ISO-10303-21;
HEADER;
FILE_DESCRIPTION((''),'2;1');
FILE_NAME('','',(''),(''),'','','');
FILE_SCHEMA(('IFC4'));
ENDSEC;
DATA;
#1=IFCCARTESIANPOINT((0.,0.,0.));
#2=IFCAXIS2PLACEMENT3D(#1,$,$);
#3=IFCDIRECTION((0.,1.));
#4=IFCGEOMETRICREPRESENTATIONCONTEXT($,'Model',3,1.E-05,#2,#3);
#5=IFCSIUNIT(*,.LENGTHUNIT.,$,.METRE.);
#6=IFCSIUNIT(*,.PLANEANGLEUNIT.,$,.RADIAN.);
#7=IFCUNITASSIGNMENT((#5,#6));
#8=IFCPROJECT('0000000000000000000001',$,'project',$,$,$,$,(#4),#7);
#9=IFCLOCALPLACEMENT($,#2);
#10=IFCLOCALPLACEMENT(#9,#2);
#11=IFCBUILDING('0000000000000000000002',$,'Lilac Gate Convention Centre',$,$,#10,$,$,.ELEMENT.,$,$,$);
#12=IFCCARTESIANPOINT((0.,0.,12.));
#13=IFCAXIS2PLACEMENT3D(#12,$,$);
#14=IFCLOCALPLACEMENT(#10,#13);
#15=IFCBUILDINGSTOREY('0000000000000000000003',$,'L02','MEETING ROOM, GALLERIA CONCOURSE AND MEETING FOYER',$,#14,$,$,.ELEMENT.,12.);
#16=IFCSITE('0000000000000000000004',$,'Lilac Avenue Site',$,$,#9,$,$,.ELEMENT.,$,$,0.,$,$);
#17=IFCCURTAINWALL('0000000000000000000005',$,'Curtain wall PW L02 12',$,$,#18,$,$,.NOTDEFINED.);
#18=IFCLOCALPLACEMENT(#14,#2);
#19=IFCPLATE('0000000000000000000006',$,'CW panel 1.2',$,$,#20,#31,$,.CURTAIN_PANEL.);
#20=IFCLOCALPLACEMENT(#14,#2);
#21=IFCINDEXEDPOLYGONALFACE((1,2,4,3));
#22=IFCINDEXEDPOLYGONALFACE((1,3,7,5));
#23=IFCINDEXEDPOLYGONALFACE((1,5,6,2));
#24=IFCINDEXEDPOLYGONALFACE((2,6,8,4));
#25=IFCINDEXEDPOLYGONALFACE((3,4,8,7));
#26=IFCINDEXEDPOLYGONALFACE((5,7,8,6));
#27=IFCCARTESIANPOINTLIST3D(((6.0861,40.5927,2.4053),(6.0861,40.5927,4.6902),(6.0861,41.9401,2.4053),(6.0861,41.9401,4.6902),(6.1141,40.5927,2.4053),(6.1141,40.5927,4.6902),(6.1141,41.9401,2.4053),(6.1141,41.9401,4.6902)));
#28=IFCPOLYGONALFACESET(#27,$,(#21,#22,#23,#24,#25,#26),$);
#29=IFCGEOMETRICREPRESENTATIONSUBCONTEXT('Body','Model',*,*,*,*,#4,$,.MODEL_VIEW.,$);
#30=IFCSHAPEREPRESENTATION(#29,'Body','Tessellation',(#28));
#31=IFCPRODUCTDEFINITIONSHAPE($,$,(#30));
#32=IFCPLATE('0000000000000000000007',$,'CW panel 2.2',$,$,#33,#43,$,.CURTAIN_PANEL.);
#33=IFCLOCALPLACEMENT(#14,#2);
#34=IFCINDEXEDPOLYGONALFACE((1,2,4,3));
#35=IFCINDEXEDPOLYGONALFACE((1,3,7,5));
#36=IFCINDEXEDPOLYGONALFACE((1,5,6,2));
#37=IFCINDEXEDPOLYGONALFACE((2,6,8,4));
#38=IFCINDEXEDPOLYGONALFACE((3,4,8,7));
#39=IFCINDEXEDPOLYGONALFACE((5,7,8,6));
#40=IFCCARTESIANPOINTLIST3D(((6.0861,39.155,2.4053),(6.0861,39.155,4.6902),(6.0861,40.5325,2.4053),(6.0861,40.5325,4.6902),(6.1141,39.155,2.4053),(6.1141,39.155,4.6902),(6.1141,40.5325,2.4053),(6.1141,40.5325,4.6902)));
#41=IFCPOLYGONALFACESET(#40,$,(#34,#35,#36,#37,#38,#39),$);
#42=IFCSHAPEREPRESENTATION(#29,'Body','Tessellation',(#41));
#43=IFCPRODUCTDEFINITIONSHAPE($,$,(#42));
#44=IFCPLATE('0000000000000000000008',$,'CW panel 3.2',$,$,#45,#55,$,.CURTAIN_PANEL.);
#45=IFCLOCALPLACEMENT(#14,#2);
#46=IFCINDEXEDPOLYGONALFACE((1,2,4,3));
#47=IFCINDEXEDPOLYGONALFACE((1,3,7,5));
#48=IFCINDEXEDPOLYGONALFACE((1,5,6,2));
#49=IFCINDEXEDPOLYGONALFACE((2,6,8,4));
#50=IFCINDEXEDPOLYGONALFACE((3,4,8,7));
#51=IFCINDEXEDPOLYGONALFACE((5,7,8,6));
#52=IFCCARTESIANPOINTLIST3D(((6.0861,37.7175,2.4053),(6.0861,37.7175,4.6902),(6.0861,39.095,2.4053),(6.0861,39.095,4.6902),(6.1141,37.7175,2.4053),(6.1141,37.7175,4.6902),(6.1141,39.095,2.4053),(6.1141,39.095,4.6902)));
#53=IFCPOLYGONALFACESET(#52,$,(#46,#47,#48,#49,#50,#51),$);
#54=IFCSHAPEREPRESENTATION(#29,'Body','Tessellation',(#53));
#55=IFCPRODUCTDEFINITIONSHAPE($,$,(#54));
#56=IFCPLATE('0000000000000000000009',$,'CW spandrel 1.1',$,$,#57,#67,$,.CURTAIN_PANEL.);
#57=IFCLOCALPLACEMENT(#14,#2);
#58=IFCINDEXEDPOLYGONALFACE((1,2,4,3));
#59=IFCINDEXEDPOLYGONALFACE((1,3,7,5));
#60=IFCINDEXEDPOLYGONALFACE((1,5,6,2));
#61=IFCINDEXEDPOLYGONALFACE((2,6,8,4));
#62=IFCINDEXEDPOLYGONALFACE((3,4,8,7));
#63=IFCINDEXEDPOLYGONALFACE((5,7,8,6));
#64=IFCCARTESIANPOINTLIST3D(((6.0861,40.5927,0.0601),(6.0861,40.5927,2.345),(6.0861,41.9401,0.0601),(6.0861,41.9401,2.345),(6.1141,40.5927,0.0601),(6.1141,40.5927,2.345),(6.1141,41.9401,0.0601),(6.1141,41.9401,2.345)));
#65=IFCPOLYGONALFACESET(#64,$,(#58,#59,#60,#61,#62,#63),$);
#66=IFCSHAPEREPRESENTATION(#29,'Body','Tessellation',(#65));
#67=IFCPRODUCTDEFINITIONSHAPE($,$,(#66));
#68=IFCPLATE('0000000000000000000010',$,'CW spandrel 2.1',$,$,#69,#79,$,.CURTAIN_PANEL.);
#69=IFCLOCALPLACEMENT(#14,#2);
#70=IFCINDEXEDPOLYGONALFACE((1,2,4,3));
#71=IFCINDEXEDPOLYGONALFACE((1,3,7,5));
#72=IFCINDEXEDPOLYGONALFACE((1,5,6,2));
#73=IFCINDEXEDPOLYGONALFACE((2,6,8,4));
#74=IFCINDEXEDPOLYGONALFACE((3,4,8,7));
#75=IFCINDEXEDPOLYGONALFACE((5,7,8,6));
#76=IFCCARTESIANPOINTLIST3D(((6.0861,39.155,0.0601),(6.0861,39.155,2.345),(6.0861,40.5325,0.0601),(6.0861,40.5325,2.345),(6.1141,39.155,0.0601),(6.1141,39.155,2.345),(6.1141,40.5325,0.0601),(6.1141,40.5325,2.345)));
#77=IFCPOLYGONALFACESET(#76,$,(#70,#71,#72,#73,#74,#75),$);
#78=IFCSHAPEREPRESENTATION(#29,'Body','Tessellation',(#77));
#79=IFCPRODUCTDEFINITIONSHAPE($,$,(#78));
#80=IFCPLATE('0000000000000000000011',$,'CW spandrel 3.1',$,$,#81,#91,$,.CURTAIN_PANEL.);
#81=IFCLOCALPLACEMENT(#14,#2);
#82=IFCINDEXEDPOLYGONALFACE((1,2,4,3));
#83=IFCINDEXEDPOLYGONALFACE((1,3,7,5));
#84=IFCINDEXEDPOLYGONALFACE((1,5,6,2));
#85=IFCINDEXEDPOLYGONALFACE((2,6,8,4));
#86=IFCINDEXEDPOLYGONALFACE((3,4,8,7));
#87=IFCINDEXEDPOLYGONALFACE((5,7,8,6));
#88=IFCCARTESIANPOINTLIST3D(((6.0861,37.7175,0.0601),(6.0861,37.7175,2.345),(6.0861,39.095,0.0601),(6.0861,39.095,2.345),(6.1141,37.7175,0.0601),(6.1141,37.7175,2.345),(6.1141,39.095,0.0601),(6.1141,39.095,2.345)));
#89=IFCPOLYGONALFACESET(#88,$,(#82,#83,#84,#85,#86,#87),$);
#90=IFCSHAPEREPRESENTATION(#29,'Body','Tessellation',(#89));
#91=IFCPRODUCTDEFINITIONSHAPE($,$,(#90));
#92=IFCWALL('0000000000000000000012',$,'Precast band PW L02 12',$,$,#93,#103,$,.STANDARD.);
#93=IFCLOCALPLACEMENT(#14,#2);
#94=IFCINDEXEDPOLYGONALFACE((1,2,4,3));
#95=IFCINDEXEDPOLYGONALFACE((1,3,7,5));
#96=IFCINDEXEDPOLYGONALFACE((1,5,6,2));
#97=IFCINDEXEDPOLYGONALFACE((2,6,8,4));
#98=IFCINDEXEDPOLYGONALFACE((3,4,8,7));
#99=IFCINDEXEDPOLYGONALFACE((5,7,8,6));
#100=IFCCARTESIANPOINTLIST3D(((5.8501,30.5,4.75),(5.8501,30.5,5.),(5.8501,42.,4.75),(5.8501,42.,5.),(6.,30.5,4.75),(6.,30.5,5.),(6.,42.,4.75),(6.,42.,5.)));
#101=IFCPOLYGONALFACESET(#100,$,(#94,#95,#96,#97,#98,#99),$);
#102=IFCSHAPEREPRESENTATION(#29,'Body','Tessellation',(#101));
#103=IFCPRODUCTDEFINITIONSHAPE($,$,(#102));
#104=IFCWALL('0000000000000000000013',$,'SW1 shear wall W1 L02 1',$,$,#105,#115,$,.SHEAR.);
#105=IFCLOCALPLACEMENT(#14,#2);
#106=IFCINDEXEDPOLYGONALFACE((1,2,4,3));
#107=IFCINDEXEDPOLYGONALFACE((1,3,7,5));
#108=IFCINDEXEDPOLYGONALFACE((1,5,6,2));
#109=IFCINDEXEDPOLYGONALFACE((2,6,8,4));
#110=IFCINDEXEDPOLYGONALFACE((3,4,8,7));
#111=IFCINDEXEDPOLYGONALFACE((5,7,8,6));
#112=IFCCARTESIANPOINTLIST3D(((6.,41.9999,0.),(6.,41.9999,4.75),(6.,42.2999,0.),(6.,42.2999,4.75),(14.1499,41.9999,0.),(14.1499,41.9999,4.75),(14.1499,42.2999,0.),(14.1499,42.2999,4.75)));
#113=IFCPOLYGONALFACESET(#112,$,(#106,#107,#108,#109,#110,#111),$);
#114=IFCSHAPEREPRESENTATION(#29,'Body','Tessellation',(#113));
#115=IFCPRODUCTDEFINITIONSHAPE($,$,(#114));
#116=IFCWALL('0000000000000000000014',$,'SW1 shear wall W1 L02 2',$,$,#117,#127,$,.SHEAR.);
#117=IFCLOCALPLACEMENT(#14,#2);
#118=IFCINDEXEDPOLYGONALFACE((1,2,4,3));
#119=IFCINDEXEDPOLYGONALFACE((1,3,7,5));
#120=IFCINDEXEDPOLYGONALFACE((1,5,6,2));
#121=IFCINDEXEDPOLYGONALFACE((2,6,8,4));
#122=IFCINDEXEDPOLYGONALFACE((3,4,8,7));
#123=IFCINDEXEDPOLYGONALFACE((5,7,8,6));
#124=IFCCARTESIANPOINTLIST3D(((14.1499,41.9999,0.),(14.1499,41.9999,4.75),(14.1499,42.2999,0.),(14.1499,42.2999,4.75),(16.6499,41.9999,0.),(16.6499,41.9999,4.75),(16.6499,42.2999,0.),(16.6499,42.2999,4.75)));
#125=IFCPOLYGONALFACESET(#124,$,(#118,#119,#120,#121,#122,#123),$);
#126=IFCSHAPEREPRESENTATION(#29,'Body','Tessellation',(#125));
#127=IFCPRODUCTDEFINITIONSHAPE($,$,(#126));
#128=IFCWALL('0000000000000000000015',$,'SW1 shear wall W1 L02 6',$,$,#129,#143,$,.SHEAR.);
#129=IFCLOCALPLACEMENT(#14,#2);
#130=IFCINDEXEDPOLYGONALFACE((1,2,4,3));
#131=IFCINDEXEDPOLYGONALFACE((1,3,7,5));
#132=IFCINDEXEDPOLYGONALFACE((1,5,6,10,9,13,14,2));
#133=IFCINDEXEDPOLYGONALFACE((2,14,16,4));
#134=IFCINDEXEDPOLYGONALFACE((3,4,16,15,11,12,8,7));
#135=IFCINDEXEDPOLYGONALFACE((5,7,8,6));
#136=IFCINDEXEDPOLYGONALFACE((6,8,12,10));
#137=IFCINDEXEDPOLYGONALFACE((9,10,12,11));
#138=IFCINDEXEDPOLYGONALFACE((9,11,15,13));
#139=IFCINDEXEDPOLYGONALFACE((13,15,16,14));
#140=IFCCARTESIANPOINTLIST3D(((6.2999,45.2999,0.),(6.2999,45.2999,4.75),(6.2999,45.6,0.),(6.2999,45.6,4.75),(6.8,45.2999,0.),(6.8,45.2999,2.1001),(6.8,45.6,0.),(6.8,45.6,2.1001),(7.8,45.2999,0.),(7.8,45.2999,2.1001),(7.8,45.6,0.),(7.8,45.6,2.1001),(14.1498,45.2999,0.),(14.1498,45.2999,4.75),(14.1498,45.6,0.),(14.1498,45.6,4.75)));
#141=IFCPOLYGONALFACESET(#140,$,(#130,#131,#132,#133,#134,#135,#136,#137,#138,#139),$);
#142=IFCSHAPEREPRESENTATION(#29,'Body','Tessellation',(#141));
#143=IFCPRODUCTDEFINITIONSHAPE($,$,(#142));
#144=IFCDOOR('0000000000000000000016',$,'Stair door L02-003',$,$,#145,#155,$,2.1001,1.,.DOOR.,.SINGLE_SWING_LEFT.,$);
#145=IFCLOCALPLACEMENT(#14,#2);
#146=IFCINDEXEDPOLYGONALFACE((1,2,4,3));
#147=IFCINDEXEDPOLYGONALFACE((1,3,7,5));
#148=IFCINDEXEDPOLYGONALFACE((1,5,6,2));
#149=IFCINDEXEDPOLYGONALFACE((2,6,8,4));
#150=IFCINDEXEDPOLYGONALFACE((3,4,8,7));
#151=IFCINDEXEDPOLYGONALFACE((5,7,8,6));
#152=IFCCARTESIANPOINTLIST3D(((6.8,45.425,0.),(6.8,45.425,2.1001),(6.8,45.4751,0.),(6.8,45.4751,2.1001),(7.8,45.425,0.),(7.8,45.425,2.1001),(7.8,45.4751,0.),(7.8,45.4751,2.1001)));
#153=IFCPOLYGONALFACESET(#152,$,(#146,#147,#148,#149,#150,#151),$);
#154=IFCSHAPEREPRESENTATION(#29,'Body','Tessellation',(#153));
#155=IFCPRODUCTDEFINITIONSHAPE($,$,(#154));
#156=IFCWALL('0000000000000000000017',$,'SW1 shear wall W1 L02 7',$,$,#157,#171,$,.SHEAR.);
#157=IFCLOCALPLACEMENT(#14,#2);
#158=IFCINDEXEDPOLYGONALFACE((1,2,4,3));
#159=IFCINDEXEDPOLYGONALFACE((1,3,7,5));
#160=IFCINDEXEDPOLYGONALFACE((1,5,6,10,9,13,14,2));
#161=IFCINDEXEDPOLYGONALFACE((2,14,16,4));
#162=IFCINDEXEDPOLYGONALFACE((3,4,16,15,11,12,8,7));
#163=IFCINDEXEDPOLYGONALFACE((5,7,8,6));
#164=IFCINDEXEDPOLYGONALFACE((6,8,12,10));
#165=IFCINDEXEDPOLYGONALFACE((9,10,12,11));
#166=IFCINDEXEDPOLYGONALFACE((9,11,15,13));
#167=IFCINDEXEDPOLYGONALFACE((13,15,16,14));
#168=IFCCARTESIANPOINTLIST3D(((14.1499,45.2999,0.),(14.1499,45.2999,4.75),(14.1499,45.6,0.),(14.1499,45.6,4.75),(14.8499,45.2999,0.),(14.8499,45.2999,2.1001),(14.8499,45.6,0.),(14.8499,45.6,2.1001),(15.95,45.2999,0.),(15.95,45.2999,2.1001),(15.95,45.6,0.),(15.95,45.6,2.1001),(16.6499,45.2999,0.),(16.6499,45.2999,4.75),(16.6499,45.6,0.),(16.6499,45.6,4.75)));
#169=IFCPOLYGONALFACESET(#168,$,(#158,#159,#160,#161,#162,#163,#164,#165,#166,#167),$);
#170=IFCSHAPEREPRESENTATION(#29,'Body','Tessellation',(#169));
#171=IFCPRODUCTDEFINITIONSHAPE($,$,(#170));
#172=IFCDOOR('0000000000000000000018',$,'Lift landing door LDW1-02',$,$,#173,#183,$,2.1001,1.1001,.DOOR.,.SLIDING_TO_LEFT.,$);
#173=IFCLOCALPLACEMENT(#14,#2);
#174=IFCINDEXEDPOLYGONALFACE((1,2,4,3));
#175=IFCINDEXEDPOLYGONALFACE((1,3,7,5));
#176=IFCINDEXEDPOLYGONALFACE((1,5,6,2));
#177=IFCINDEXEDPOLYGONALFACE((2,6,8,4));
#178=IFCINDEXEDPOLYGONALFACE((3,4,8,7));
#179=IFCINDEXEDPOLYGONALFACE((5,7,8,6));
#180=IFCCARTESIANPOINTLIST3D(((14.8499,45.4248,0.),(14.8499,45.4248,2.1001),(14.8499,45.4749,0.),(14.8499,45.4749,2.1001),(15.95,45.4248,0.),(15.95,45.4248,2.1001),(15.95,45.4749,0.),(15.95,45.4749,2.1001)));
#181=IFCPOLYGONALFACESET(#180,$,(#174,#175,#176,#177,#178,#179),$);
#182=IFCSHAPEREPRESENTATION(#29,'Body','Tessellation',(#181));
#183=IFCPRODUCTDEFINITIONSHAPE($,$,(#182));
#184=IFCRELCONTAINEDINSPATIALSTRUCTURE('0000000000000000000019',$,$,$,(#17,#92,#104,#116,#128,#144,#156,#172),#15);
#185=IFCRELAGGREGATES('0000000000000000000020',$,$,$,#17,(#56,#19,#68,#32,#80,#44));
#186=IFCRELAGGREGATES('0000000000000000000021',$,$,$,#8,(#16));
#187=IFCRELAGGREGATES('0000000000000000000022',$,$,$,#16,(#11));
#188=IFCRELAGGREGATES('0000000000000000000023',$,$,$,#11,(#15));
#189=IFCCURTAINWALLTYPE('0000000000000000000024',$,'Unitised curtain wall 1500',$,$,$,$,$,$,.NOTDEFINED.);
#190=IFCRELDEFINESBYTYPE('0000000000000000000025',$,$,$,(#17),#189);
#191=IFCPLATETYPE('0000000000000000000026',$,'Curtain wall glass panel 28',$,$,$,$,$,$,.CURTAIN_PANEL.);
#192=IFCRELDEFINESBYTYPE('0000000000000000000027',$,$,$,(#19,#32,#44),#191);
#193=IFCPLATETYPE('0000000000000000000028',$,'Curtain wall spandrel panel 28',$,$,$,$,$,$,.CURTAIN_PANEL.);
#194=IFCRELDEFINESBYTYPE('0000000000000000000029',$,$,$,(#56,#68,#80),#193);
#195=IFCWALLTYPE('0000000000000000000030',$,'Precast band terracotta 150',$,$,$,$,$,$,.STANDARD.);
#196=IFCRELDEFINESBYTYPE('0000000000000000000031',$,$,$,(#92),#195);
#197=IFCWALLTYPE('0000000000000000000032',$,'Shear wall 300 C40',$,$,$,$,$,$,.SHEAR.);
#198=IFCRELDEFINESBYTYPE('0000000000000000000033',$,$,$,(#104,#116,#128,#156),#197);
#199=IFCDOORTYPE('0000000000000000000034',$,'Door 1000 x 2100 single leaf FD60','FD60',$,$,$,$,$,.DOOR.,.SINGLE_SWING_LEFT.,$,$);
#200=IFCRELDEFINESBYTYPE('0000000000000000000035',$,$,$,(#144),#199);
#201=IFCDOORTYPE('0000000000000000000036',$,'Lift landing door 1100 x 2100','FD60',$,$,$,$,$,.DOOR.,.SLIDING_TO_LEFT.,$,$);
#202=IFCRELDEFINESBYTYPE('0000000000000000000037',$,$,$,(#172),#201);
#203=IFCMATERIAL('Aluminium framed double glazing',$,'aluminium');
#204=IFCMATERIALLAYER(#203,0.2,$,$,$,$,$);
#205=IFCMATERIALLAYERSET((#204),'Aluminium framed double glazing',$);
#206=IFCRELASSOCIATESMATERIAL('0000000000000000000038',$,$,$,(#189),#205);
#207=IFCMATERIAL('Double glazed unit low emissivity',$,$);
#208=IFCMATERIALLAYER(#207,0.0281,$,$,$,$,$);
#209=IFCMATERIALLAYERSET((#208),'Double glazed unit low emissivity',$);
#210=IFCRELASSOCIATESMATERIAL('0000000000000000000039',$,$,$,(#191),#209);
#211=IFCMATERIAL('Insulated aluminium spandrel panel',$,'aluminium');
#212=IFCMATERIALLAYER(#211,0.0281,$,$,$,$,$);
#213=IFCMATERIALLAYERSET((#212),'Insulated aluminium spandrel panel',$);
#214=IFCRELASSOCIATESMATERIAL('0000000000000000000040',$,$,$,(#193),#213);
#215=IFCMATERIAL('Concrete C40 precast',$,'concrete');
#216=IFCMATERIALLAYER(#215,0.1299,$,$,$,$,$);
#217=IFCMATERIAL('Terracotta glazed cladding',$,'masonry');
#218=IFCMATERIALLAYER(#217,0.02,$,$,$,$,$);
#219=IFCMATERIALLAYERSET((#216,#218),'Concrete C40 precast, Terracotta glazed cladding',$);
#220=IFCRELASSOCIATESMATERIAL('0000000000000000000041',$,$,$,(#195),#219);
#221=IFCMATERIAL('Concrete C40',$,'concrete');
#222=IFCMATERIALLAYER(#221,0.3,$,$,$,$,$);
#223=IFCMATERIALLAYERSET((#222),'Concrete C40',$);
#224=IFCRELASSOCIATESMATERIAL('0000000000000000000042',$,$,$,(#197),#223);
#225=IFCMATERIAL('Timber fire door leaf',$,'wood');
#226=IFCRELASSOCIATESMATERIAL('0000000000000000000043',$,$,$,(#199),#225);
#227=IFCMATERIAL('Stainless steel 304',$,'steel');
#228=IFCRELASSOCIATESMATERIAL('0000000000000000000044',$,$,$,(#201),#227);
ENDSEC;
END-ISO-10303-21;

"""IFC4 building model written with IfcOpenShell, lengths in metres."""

from ifc_helpers import new_model, si_unit, direction, frame, frame_2d, origin, origin_2d, place, context, subcontext, project, spatial, rectangle, extrude, material, layer, layer_set, type_object, element, fill, aggregate, save


model = new_model("IFC4")

# Units and contexts
model_context = context("Model", 3, precision=1e-05, world=origin(), true_north=direction((0.0, 1.0)))
body_context = subcontext(model_context, "Body", "Model", "MODEL_VIEW")
ifc_project = project(units=[si_unit("LENGTHUNIT", "METRE"), si_unit("PLANEANGLEUNIT", "RADIAN")], contexts=[model_context])

# Site, building, storey
site_placement = place(None, origin())
site = spatial("IfcSite", under=ifc_project, at=site_placement, Name="Lilac Avenue Site", CompositionType="ELEMENT", RefElevation=0.0)
building_placement = place(site_placement, origin())
building = spatial("IfcBuilding", under=site, at=building_placement, Name="Lilac Gate Convention Centre", CompositionType="ELEMENT")
storey_placement = place(building_placement, frame((0.0, 0.0, 12.0)))
storey = spatial("IfcBuildingStorey", under=building, at=storey_placement, Name="L02", Description="MEETING ROOM, GALLERIA CONCOURSE AND MEETING FOYER", CompositionType="ELEMENT", Elevation=12.0)

# Curtain wall
ifc_material_1 = material(Name="Aluminium framed double glazing", Category="aluminium")
ifc_layer_1 = layer(ifc_material_1, 0.2)
ifc_layer_set_1 = layer_set([ifc_layer_1], Name="Aluminium framed double glazing")
curtain_wall_type = type_object("IfcCurtainWallType", Name="Unitised curtain wall 1500", PredefinedType="NOTDEFINED", material=ifc_layer_set_1)
curtain_wall_placement = place(storey_placement, origin())
curtain_wall = element("IfcCurtainWall", 1, at=curtain_wall_placement, inside=storey, type_object=curtain_wall_type, Name="Curtain wall PW L02 12", PredefinedType="NOTDEFINED")

# Shared definitions
ifc_material_2 = material(Name="Concrete C40", Category="concrete")

# Plates
ifc_material_3 = material(Name="Double glazed unit low emissivity")
ifc_layer_2 = layer(ifc_material_3, 0.0281)
ifc_layer_set_2 = layer_set([ifc_layer_2], Name="Double glazed unit low emissivity")
plate_type_1 = type_object("IfcPlateType", Name="Curtain wall glass panel 28", PredefinedType="CURTAIN_PANEL", material=ifc_layer_set_2)
plate_1_placement = place(storey_placement, frame((6.1001, 41.2664, 2.4053), z_axis=(0.0, 0.0, 1.0), x_axis=(0.0, -1.0, 0.0)))
plate_1 = element("IfcPlate", 2, at=plate_1_placement, type_object=plate_type_1, Name="CW panel 1.2", PredefinedType="CURTAIN_PANEL", context=body_context, shape_type="SweptSolid", body=[
    extrude(rectangle(XDim=1.3474, YDim=0.0281, at=origin_2d()), origin(), (0.0, 0.0, 1.0), 2.2849),
])
plate_2_placement = place(storey_placement, frame((6.1001, 39.8438, 2.4053), z_axis=(0.0, 0.0, 1.0), x_axis=(0.0, -1.0, 0.0)))
plate_2 = element("IfcPlate", 3, at=plate_2_placement, type_object=plate_type_1, Name="CW panel 2.2", PredefinedType="CURTAIN_PANEL", context=body_context, shape_type="SweptSolid", body=[
    extrude(rectangle(XDim=1.3774, YDim=0.0281, at=origin_2d()), origin(), (0.0, 0.0, 1.0), 2.2849),
])
plate_3_placement = place(storey_placement, frame((6.1001, 38.4062, 2.4053), z_axis=(0.0, 0.0, 1.0), x_axis=(0.0, -1.0, 0.0)))
plate_3 = element("IfcPlate", 4, at=plate_3_placement, type_object=plate_type_1, Name="CW panel 3.2", PredefinedType="CURTAIN_PANEL", context=body_context, shape_type="SweptSolid", body=[
    extrude(rectangle(XDim=1.3774, YDim=0.0281, at=origin_2d()), origin(), (0.0, 0.0, 1.0), 2.2849),
])
ifc_material_4 = material(Name="Insulated aluminium spandrel panel", Category="aluminium")
ifc_layer_3 = layer(ifc_material_4, 0.0281)
ifc_layer_set_3 = layer_set([ifc_layer_3], Name="Insulated aluminium spandrel panel")
plate_type_2 = type_object("IfcPlateType", Name="Curtain wall spandrel panel 28", PredefinedType="CURTAIN_PANEL", material=ifc_layer_set_3)
plate_4_placement = place(storey_placement, frame((6.1001, 41.2664, 0.0601), z_axis=(0.0, 0.0, 1.0), x_axis=(0.0, -1.0, 0.0)))
plate_4 = element("IfcPlate", 5, at=plate_4_placement, type_object=plate_type_2, Name="CW spandrel 1.1", PredefinedType="CURTAIN_PANEL", context=body_context, shape_type="SweptSolid", body=[
    extrude(rectangle(XDim=1.3474, YDim=0.0281, at=origin_2d()), origin(), (0.0, 0.0, 1.0), 2.2849),
])
plate_5_placement = place(storey_placement, frame((6.1001, 39.8438, 0.0601), z_axis=(0.0, 0.0, 1.0), x_axis=(0.0, -1.0, 0.0)))
plate_5 = element("IfcPlate", 6, at=plate_5_placement, type_object=plate_type_2, Name="CW spandrel 2.1", PredefinedType="CURTAIN_PANEL", context=body_context, shape_type="SweptSolid", body=[
    extrude(rectangle(XDim=1.3774, YDim=0.0281, at=origin_2d()), origin(), (0.0, 0.0, 1.0), 2.2849),
])
plate_6_placement = place(storey_placement, frame((6.1001, 38.4062, 0.0601), z_axis=(0.0, 0.0, 1.0), x_axis=(0.0, -1.0, 0.0)))
plate_6 = element("IfcPlate", 7, at=plate_6_placement, type_object=plate_type_2, Name="CW spandrel 3.1", PredefinedType="CURTAIN_PANEL", context=body_context, shape_type="SweptSolid", body=[
    extrude(rectangle(XDim=1.3774, YDim=0.0281, at=origin_2d()), origin(), (0.0, 0.0, 1.0), 2.2849),
])
aggregate(curtain_wall, [plate_4, plate_1, plate_5, plate_2, plate_6, plate_3])

# Walls
ifc_material_5 = material(Name="Concrete C40 precast", Category="concrete")
ifc_layer_4 = layer(ifc_material_5, 0.1299)
ifc_material_6 = material(Name="Terracotta glazed cladding", Category="masonry")
ifc_layer_5 = layer(ifc_material_6, 0.02)
ifc_layer_set_4 = layer_set([ifc_layer_4, ifc_layer_5], Name="Concrete C40 precast, Terracotta glazed cladding")
wall_type_1 = type_object("IfcWallType", Name="Precast band terracotta 150", PredefinedType="STANDARD", material=ifc_layer_set_4)
wall_1_placement = place(storey_placement, frame((5.925, 42.0, 4.75), z_axis=(0.0, 0.0, 1.0), x_axis=(0.0, -1.0, 0.0)))
element("IfcWall", 8, at=wall_1_placement, inside=storey, type_object=wall_type_1, Name="Precast band PW L02 12", PredefinedType="STANDARD", context=body_context, shape_type="SweptSolid", body=[
    extrude(rectangle(XDim=11.5, YDim=0.1499, at=frame_2d((5.75, 0.0))), origin(), (0.0, 0.0, 1.0), 0.25),
])
ifc_layer_6 = layer(ifc_material_2, 0.3)
ifc_layer_set_5 = layer_set([ifc_layer_6], Name="Concrete C40")
wall_type_2 = type_object("IfcWallType", Name="Shear wall 300 C40", PredefinedType="SHEAR", material=ifc_layer_set_5)
wall_2_placement = place(storey_placement, frame((6.0, 42.1499, 0.0), z_axis=(0.0, 0.0, 1.0), x_axis=(1.0, 0.0, 0.0)))
element("IfcWall", 9, at=wall_2_placement, inside=storey, type_object=wall_type_2, Name="SW1 shear wall W1 L02 1", PredefinedType="SHEAR", context=body_context, shape_type="SweptSolid", body=[
    extrude(rectangle(XDim=8.1499, YDim=0.3, at=frame_2d((4.075, 0.0))), origin(), (0.0, 0.0, 1.0), 4.75),
])
wall_3_placement = place(storey_placement, frame((14.1499, 42.1499, 0.0), z_axis=(0.0, 0.0, 1.0), x_axis=(1.0, 0.0, 0.0)))
element("IfcWall", 10, at=wall_3_placement, inside=storey, type_object=wall_type_2, Name="SW1 shear wall W1 L02 2", PredefinedType="SHEAR", context=body_context, shape_type="SweptSolid", body=[
    extrude(rectangle(XDim=2.5, YDim=0.3, at=frame_2d((1.25, 0.0))), origin(), (0.0, 0.0, 1.0), 4.75),
])

# Walls, openings, doors
wall_4_placement = place(storey_placement, frame((6.3, 45.45, 0.0), z_axis=(0.0, 0.0, 1.0), x_axis=(1.0, 0.0, 0.0)))
wall_4 = element("IfcWall", 11, at=wall_4_placement, inside=storey, type_object=wall_type_2, Name="SW1 shear wall W1 L02 6", PredefinedType="SHEAR", context=body_context, shape_type="SweptSolid", body=[
    extrude(rectangle(XDim=7.8499, YDim=0.3, at=frame_2d((3.9248, 0.0))), origin(), (0.0, 0.0, 1.0), 4.75),
])
opening_1_placement = place(wall_4_placement, frame((0.5, 0.0, 0.0)))
opening_1 = element("IfcOpeningElement", 12, at=opening_1_placement, cuts=wall_4, PredefinedType="OPENING", context=body_context, shape_type="SweptSolid", body=[
    extrude(rectangle(XDim=1.0, YDim=2.1001, at=frame_2d((0.5, 1.05))), frame((0.0, 0.1599, 0.0), z_axis=(0.0, -1.0, 0.0), x_axis=(1.0, 0.0, 0.0)), (0.0, 0.0, 1.0), 0.3201),
])
ifc_material_7 = material(Name="Timber fire door leaf", Category="wood")
door_type_1 = type_object("IfcDoorType", Name="Door 1000 x 2100 single leaf FD60", Description="FD60", OperationType="SINGLE_SWING_LEFT", PredefinedType="DOOR", material=ifc_material_7)
door_1_placement = place(opening_1_placement, frame((1.0, 0.0, 0.0), z_axis=(0.0, 0.0, 1.0), x_axis=(-1.0, 0.0, 0.0)))
door_1 = element("IfcDoor", 13, at=door_1_placement, inside=storey, type_object=door_type_1, Name="Stair door L02-003", OperationType="SINGLE_SWING_LEFT", OverallHeight=2.1001, OverallWidth=1.0, PredefinedType="DOOR", context=body_context, shape_type="SweptSolid", body=[
    extrude(rectangle(XDim=1.0, YDim=2.1001, at=frame_2d((0.5, 1.05))), frame((0.0, 0.0249, 0.0), z_axis=(0.0, -1.0, 0.0), x_axis=(1.0, 0.0, 0.0)), (0.0, 0.0, 1.0), 0.05),
])
fill(opening_1, door_1)
wall_5_placement = place(storey_placement, frame((14.1499, 45.45, 0.0), z_axis=(0.0, 0.0, 1.0), x_axis=(1.0, 0.0, 0.0)))
wall_5 = element("IfcWall", 14, at=wall_5_placement, inside=storey, type_object=wall_type_2, Name="SW1 shear wall W1 L02 7", PredefinedType="SHEAR", context=body_context, shape_type="SweptSolid", body=[
    extrude(rectangle(XDim=2.5, YDim=0.3, at=frame_2d((1.25, 0.0))), origin(), (0.0, 0.0, 1.0), 4.75),
])
opening_2_placement = place(wall_5_placement, frame((0.7, 0.0, 0.0)))
opening_2 = element("IfcOpeningElement", 15, at=opening_2_placement, cuts=wall_5, PredefinedType="OPENING", context=body_context, shape_type="SweptSolid", body=[
    extrude(rectangle(XDim=1.1001, YDim=2.1001, at=frame_2d((0.55, 1.05))), frame((0.0, 0.1599, 0.0), z_axis=(0.0, -1.0, 0.0), x_axis=(1.0, 0.0, 0.0)), (0.0, 0.0, 1.0), 0.3201),
])
ifc_material_8 = material(Name="Stainless steel 304", Category="steel")
door_type_2 = type_object("IfcDoorType", Name="Lift landing door 1100 x 2100", Description="FD60", OperationType="SLIDING_TO_LEFT", PredefinedType="DOOR", material=ifc_material_8)
door_2_placement = place(opening_2_placement, origin())
door_2 = element("IfcDoor", 16, at=door_2_placement, inside=storey, type_object=door_type_2, Name="Lift landing door LDW1-02", OperationType="SLIDING_TO_LEFT", OverallHeight=2.1001, OverallWidth=1.1001, PredefinedType="DOOR", context=body_context, shape_type="SweptSolid", body=[
    extrude(rectangle(XDim=1.1001, YDim=2.1001, at=frame_2d((0.55, 1.05))), frame((0.0, 0.0249, 0.0), z_axis=(0.0, -1.0, 0.0), x_axis=(1.0, 0.0, 0.0)), (0.0, 0.0, 1.0), 0.05),
])
fill(opening_2, door_2)

save(model, "model.ifc")
